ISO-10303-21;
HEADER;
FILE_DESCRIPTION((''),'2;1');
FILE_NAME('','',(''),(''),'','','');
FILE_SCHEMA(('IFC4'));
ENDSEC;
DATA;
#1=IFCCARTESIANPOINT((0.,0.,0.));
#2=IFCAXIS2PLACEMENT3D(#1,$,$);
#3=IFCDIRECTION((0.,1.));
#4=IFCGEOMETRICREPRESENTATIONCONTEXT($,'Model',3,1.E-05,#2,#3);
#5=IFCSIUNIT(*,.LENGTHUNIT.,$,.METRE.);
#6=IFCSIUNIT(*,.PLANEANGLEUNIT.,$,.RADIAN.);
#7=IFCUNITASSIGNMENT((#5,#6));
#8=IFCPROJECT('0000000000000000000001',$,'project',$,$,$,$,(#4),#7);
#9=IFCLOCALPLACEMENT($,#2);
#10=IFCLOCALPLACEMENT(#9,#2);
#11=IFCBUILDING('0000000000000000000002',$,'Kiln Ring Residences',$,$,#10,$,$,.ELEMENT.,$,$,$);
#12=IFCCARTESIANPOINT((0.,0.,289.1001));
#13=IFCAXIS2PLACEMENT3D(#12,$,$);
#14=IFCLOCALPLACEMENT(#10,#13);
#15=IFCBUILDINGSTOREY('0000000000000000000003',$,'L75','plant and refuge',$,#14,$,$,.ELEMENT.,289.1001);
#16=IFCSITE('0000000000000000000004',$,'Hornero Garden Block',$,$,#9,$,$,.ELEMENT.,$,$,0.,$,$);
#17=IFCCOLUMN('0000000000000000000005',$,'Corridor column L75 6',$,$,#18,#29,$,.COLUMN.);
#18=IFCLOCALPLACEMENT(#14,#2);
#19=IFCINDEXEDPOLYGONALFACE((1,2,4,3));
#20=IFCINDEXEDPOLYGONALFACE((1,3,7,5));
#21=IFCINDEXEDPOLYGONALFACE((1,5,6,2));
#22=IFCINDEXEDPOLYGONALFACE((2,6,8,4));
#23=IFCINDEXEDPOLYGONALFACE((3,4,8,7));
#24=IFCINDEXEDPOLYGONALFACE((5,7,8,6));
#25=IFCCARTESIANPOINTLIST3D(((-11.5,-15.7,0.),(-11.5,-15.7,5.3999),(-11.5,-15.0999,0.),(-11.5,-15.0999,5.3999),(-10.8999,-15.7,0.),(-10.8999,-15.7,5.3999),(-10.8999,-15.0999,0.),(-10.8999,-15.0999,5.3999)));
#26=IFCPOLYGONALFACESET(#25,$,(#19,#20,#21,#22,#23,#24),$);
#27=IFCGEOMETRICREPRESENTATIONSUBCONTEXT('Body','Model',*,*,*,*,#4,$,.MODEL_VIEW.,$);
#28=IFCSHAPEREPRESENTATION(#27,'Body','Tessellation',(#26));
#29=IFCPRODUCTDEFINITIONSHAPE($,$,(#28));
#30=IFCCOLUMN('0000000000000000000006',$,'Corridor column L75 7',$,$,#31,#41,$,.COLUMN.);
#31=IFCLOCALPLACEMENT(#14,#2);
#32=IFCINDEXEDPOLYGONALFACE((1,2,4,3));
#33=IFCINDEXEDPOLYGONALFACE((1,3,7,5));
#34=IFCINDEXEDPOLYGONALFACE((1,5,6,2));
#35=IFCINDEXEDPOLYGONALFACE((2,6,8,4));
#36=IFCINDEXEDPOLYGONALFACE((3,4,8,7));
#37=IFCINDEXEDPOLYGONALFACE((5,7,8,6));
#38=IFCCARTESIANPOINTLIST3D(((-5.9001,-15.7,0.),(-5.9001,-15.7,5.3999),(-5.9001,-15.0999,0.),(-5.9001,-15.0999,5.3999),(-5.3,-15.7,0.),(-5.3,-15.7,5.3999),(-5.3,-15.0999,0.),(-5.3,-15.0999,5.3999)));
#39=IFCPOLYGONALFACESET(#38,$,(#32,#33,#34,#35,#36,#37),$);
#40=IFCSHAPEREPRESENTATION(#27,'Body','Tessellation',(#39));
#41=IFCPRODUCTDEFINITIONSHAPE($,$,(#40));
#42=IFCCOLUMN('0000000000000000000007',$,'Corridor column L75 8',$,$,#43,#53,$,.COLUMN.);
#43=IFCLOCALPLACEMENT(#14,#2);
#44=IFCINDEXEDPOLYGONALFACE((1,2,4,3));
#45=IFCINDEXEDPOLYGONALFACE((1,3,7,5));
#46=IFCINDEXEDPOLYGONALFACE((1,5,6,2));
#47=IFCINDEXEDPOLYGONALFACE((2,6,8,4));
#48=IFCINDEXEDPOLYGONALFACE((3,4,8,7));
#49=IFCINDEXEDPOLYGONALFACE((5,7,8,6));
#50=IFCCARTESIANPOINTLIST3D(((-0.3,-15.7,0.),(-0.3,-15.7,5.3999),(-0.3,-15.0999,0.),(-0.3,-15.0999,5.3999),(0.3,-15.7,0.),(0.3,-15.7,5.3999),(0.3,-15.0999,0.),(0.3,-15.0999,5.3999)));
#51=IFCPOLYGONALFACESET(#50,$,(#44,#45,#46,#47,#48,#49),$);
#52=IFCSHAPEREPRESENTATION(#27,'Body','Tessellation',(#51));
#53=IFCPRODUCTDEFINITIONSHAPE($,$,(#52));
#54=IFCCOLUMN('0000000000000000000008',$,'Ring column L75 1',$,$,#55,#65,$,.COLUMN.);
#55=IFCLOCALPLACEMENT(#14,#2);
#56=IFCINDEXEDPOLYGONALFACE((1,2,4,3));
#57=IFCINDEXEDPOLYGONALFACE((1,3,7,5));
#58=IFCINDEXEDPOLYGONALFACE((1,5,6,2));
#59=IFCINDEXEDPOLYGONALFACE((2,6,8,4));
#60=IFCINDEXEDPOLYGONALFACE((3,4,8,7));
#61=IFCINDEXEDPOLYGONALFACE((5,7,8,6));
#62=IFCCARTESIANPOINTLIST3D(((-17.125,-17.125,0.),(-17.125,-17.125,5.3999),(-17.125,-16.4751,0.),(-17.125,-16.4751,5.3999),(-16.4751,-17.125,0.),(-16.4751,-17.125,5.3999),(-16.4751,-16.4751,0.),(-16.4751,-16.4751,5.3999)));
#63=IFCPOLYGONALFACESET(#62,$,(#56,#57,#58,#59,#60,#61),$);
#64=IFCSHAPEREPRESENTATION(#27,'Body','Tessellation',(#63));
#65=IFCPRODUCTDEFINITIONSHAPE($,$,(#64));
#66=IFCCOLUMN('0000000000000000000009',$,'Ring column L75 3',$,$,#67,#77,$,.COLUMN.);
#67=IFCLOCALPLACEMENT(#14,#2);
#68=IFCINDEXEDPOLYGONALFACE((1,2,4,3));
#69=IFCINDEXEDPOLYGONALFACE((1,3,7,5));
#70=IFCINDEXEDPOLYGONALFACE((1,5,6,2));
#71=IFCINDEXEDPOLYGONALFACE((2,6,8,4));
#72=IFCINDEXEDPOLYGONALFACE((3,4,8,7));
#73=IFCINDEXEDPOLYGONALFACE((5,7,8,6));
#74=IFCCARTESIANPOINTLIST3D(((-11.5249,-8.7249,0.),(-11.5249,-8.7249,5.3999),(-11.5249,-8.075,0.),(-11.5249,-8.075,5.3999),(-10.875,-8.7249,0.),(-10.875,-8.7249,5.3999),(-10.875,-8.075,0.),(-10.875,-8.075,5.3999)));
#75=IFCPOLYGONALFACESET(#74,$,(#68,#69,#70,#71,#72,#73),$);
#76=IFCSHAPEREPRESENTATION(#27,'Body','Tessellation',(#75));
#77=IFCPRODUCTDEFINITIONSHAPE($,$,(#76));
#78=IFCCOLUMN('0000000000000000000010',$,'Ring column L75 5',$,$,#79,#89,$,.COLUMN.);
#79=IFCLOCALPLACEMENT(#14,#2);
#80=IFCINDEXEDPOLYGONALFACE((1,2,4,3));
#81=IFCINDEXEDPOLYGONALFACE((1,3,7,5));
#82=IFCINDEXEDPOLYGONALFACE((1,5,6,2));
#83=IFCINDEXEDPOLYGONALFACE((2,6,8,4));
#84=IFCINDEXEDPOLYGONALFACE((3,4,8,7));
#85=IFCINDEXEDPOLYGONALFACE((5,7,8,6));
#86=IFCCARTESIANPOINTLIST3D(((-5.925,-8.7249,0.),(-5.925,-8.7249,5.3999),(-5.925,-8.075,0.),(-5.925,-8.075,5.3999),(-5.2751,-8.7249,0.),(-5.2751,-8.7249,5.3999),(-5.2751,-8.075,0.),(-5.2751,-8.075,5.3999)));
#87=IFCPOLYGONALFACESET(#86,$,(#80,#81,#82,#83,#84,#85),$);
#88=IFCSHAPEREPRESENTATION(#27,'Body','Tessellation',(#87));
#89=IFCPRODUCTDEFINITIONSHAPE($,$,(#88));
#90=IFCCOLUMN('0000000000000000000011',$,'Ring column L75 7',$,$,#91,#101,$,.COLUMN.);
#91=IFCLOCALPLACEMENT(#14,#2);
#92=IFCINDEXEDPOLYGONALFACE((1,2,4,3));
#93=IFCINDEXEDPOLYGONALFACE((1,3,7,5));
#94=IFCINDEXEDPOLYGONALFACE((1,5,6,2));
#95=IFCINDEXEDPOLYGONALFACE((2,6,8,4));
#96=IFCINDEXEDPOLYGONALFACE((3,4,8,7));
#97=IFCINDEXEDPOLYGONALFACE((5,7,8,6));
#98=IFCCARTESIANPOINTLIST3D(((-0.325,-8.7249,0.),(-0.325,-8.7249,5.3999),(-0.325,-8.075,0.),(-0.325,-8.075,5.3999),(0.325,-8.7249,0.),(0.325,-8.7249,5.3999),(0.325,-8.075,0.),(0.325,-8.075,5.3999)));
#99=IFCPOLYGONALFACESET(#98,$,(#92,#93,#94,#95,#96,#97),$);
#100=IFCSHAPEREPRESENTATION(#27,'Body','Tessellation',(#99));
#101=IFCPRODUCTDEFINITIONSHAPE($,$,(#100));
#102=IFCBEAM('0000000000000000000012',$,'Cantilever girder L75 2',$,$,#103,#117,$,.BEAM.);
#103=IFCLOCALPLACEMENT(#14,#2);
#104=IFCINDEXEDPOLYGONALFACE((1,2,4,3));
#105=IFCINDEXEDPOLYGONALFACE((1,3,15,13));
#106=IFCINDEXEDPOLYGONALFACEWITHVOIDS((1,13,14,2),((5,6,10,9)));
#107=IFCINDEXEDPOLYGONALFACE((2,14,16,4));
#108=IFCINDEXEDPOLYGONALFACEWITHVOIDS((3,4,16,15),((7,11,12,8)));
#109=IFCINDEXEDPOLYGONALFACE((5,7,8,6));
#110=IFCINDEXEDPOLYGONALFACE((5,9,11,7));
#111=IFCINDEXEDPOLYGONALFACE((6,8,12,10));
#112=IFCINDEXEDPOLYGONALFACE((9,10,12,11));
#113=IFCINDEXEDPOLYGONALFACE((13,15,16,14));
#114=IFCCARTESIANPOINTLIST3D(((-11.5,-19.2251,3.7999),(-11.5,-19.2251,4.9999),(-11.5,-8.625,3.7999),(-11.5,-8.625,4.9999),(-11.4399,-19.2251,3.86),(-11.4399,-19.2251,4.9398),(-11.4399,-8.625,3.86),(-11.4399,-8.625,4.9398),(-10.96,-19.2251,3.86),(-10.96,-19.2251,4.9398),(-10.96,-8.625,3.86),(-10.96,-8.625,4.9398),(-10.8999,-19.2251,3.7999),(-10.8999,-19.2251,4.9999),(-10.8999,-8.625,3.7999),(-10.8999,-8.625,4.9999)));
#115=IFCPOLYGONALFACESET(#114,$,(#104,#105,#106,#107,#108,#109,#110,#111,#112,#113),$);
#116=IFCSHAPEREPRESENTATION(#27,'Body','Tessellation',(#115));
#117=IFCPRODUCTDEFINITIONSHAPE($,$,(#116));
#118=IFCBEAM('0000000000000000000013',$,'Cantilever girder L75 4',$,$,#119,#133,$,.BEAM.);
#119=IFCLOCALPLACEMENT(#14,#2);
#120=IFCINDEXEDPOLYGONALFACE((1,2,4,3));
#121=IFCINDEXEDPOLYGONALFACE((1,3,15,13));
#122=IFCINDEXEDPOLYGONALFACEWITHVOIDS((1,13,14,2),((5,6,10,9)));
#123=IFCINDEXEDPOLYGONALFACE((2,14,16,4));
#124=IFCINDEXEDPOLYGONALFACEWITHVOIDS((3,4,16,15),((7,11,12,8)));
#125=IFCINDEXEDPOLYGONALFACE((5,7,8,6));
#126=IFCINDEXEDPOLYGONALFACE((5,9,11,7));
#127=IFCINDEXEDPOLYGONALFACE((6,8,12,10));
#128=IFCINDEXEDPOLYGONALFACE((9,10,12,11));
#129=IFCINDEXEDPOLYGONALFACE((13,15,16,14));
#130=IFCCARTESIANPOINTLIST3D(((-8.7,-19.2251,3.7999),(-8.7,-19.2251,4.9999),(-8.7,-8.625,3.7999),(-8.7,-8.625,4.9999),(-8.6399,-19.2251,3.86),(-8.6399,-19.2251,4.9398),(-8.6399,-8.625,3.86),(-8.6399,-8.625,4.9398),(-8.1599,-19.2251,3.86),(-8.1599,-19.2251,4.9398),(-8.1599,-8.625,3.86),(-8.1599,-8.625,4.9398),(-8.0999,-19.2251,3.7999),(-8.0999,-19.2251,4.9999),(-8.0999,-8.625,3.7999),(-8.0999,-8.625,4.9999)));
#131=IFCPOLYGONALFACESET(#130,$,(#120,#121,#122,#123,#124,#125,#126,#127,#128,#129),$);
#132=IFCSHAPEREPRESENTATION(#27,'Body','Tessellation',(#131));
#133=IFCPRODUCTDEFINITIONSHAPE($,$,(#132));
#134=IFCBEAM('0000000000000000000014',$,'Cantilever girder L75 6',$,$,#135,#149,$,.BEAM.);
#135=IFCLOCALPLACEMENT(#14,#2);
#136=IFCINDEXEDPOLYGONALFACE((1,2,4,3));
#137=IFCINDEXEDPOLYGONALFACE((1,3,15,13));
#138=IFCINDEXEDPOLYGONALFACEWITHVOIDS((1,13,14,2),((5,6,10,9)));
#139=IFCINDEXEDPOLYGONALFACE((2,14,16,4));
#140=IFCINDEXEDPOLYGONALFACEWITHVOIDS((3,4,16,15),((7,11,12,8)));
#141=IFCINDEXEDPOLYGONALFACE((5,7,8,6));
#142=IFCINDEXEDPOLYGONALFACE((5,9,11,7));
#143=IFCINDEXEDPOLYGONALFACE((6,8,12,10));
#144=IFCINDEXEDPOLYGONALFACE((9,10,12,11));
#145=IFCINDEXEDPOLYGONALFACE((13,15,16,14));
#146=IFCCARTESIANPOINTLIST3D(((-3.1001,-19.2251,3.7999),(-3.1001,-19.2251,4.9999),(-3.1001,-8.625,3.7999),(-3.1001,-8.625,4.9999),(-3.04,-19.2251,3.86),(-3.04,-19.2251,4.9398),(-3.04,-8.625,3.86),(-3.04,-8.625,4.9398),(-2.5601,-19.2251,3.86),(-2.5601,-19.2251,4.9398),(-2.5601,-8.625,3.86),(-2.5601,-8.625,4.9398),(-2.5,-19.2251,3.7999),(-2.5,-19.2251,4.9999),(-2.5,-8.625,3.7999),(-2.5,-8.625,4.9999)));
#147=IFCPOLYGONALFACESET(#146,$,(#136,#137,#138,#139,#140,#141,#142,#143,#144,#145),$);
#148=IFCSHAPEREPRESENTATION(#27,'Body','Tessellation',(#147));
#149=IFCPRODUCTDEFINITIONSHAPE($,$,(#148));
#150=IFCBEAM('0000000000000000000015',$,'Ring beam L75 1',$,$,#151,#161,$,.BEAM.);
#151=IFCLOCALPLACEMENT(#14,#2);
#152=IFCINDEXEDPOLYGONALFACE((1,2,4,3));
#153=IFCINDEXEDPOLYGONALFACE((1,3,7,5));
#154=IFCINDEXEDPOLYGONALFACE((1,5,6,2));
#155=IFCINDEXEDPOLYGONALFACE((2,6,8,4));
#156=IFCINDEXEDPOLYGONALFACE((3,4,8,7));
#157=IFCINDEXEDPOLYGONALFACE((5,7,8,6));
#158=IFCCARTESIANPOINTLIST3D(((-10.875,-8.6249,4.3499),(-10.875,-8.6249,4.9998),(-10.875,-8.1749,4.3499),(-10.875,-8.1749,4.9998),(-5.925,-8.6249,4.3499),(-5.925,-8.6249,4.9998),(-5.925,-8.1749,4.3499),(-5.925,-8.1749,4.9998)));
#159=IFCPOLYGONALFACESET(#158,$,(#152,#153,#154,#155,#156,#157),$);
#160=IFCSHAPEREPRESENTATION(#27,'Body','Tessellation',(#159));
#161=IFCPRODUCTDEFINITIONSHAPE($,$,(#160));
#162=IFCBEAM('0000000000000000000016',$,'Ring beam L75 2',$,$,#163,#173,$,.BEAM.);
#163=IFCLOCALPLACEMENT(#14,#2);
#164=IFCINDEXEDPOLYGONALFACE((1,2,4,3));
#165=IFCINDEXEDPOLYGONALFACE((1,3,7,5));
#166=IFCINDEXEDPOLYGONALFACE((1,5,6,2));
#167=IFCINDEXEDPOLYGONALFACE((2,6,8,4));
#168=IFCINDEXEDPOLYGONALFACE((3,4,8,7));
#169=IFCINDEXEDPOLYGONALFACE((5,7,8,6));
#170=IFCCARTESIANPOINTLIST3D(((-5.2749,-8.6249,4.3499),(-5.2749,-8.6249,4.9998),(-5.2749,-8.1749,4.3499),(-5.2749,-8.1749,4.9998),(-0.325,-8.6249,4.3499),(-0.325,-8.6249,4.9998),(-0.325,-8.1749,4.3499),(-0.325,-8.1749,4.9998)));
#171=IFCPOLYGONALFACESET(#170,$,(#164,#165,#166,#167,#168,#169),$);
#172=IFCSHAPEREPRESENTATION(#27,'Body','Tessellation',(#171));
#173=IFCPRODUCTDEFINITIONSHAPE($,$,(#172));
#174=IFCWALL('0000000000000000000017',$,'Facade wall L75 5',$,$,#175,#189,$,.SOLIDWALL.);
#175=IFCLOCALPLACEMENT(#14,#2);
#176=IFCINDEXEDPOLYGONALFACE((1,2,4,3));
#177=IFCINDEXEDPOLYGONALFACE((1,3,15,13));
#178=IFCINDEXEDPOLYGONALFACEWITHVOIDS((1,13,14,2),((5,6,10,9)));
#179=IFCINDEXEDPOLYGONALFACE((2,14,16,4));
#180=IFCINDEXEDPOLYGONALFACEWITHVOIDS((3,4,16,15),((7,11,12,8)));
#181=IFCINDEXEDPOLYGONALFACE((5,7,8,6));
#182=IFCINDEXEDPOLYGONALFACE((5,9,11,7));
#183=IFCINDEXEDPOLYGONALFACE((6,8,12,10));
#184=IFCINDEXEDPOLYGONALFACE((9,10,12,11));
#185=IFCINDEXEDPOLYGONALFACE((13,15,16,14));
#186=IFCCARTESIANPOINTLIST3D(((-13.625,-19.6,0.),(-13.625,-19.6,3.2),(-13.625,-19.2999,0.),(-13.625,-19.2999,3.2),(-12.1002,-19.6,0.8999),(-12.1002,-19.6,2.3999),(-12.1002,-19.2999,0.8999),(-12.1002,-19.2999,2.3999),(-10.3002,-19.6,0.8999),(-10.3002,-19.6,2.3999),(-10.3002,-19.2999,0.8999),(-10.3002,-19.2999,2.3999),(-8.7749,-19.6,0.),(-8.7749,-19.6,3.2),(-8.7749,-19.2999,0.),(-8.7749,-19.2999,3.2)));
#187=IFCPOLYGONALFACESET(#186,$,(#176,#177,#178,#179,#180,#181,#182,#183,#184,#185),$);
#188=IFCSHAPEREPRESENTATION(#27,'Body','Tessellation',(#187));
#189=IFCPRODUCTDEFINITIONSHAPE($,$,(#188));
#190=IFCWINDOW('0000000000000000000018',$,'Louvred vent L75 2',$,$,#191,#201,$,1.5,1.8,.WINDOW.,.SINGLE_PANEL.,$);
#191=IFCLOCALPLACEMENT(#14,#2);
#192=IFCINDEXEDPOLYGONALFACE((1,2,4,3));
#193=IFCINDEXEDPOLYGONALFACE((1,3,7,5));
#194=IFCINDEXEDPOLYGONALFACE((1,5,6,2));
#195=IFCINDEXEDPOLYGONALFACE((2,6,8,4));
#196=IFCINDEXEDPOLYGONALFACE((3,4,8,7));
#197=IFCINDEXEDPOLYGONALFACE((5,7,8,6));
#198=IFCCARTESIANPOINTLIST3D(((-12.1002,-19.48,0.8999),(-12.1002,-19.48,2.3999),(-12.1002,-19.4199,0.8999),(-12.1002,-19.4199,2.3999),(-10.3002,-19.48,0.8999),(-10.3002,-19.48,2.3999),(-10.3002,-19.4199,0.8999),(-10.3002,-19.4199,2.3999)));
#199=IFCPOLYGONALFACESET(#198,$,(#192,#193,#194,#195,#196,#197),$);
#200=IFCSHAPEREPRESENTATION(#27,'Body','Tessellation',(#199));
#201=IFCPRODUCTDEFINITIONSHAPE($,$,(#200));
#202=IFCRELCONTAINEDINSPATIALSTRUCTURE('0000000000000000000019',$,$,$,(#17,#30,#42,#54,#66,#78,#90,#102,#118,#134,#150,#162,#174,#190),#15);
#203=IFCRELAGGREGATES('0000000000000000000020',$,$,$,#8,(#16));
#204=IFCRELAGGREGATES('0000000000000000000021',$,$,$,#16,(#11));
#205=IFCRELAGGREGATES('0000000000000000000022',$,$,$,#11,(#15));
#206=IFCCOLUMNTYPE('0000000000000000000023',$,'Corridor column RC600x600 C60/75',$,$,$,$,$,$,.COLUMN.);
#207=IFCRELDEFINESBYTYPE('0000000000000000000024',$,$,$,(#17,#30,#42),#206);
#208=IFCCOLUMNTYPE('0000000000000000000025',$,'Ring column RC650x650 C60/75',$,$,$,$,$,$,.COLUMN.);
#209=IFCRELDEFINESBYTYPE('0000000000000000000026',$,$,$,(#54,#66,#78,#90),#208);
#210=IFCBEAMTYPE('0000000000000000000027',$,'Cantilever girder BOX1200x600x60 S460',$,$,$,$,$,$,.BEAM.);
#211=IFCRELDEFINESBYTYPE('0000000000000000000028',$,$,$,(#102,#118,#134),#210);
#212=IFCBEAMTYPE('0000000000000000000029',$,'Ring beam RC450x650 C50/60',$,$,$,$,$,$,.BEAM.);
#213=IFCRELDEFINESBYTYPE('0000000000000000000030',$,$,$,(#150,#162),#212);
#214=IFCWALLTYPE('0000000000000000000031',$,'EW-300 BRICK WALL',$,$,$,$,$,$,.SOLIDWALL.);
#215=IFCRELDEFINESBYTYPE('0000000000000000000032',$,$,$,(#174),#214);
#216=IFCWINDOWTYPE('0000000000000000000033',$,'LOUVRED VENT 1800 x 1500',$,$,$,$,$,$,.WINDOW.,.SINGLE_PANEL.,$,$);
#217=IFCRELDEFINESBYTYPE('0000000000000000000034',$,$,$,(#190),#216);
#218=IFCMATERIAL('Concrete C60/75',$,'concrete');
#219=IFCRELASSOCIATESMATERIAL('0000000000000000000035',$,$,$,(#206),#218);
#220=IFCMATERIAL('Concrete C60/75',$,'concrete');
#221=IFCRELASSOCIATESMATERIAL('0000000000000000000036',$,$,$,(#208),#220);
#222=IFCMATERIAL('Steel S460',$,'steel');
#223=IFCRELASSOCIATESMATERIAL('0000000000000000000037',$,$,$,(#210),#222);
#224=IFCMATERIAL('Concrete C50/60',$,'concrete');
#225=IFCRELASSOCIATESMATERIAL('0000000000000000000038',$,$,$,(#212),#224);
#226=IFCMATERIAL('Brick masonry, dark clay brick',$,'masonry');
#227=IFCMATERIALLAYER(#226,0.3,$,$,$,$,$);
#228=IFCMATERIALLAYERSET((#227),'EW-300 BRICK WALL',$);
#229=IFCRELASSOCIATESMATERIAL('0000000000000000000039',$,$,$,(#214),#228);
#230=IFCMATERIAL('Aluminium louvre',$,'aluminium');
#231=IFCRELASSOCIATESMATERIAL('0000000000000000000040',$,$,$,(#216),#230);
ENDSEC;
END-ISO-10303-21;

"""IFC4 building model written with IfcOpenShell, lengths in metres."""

from ifc_helpers import new_model, si_unit, direction, frame, frame_2d, origin, origin_2d, place, context, subcontext, project, spatial, rectangle, hollow_rectangle, extrude, material, layer, layer_set, material_profile, profile_set, type_object, element, fill, save


model = new_model("IFC4")

# Units and contexts
model_context = context("Model", 3, precision=1e-05, world=origin(), true_north=direction((0.0, 1.0)))
body_context = subcontext(model_context, "Body", "Model", "MODEL_VIEW")
ifc_project = project(units=[si_unit("LENGTHUNIT", "METRE"), si_unit("PLANEANGLEUNIT", "RADIAN")], contexts=[model_context])

# Site, building, storey
site_placement = place(None, origin())
site = spatial("IfcSite", under=ifc_project, at=site_placement, Name="Hornero Garden Block", CompositionType="ELEMENT", RefElevation=0.0)
building_placement = place(site_placement, origin())
building = spatial("IfcBuilding", under=site, at=building_placement, Name="Kiln Ring Residences", CompositionType="ELEMENT")
storey_placement = place(building_placement, frame((0.0, 0.0, 289.1001)))
storey = spatial("IfcBuildingStorey", under=building, at=storey_placement, Name="L75", Description="plant and refuge", CompositionType="ELEMENT", Elevation=289.1001)

# Columns
ifc_material_1 = material(Name="Concrete C60/75", Category="concrete")
ifc_material_profile_1 = material_profile(ifc_material_1, rectangle(XDim=0.6001, YDim=0.6001, at=origin_2d()), Name="RC600x600")
ifc_profile_set_1 = profile_set([ifc_material_profile_1], Name="Concrete C60/75")
column_type_1 = type_object("IfcColumnType", Name="Corridor column RC600x600 C60/75", PredefinedType="COLUMN", material=ifc_profile_set_1)
for number, where, z_axis, x_axis, name in (
    (1, (-11.2, -15.3999, 0.0), (0.0, 0.0, 1.0), (1.0, 0.0, 0.0), "Corridor column L75 6"),
    (2, (-5.6001, -15.3999, 0.0), (0.0, 0.0, 1.0), (1.0, 0.0, 0.0), "Corridor column L75 7"),
    (3, (0.0, -15.3999, 0.0), (0.0, 0.0, 1.0), (1.0, 0.0, 0.0), "Corridor column L75 8"),
):
    element("IfcColumn", number, at=place(storey_placement, frame(where, z_axis=z_axis, x_axis=x_axis)), inside=storey, type_object=column_type_1, Name=name, PredefinedType="COLUMN", context=body_context, shape_type="SweptSolid", body=[
        extrude(rectangle(XDim=0.6001, YDim=0.6001, at=origin_2d()), origin(), (0.0, 0.0, 1.0), 5.3999),
    ])
ifc_material_2 = material(Name="Concrete C60/75", Category="concrete")
ifc_material_profile_2 = material_profile(ifc_material_2, rectangle(XDim=0.6499, YDim=0.6499, at=origin_2d()), Name="RC650x650")
ifc_profile_set_2 = profile_set([ifc_material_profile_2], Name="Concrete C60/75")
column_type_2 = type_object("IfcColumnType", Name="Ring column RC650x650 C60/75", PredefinedType="COLUMN", material=ifc_profile_set_2)
for number, where, z_axis, x_axis, name in (
    (4, (-16.8, -16.8, 0.0), (0.0, 0.0, 1.0), (1.0, 0.0, 0.0), "Ring column L75 1"),
    (5, (-11.2, -8.3999, 0.0), (0.0, 0.0, 1.0), (1.0, 0.0, 0.0), "Ring column L75 3"),
    (6, (-5.6001, -8.3999, 0.0), (0.0, 0.0, 1.0), (1.0, 0.0, 0.0), "Ring column L75 5"),
    (7, (0.0, -8.3999, 0.0), (0.0, 0.0, 1.0), (1.0, 0.0, 0.0), "Ring column L75 7"),
):
    element("IfcColumn", number, at=place(storey_placement, frame(where, z_axis=z_axis, x_axis=x_axis)), inside=storey, type_object=column_type_2, Name=name, PredefinedType="COLUMN", context=body_context, shape_type="SweptSolid", body=[
        extrude(rectangle(XDim=0.6499, YDim=0.6499, at=origin_2d()), origin(), (0.0, 0.0, 1.0), 5.3999),
    ])

# Beams
ifc_material_3 = material(Name="Steel S460", Category="steel")
ifc_material_profile_3 = material_profile(ifc_material_3, hollow_rectangle(XDim=0.6001, YDim=1.2, WallThickness=0.0601, at=origin_2d()), Name="BOX1200x600x60")
ifc_profile_set_3 = profile_set([ifc_material_profile_3], Name="Steel S460")
beam_type_1 = type_object("IfcBeamType", Name="Cantilever girder BOX1200x600x60 S460", PredefinedType="BEAM", material=ifc_profile_set_3)
for number, where, z_axis, x_axis, name in (
    (8, (-11.2, -19.2251, 4.3999), (0.0, 1.0, 0.0), (-1.0, 0.0, 0.0), "Cantilever girder L75 2"),
    (9, (-8.3999, -19.2251, 4.3999), (0.0, 1.0, 0.0), (-1.0, 0.0, 0.0), "Cantilever girder L75 4"),
    (10, (-2.8, -19.2251, 4.3999), (0.0, 1.0, 0.0), (-1.0, 0.0, 0.0), "Cantilever girder L75 6"),
):
    element("IfcBeam", number, at=place(storey_placement, frame(where, z_axis=z_axis, x_axis=x_axis)), inside=storey, type_object=beam_type_1, Name=name, PredefinedType="BEAM", context=body_context, shape_type="SweptSolid", body=[
        extrude(hollow_rectangle(XDim=0.6001, YDim=1.2, WallThickness=0.0601, at=origin_2d()), origin(), (0.0, 0.0, 1.0), 10.6001),
    ])
ifc_material_4 = material(Name="Concrete C50/60", Category="concrete")
ifc_material_profile_4 = material_profile(ifc_material_4, rectangle(XDim=0.45, YDim=0.6499, at=origin_2d()), Name="RC450x650")
ifc_profile_set_4 = profile_set([ifc_material_profile_4], Name="Concrete C50/60")
beam_type_2 = type_object("IfcBeamType", Name="Ring beam RC450x650 C50/60", PredefinedType="BEAM", material=ifc_profile_set_4)
for number, where, z_axis, x_axis, name in (
    (11, (-10.875, -8.3999, 4.6748), (1.0, 0.0, 0.0), (0.0, 1.0, 0.0), "Ring beam L75 1"),
    (12, (-5.2749, -8.3999, 4.6748), (1.0, 0.0, 0.0), (0.0, 1.0, 0.0), "Ring beam L75 2"),
):
    element("IfcBeam", number, at=place(storey_placement, frame(where, z_axis=z_axis, x_axis=x_axis)), inside=storey, type_object=beam_type_2, Name=name, PredefinedType="BEAM", context=body_context, shape_type="SweptSolid", body=[
        extrude(rectangle(XDim=0.45, YDim=0.6499, at=origin_2d()), origin(), (0.0, 0.0, 1.0), 4.95),
    ])

# Wall, opening, window
ifc_material_5 = material(Name="Brick masonry, dark clay brick", Category="masonry")
ifc_layer_1 = layer(ifc_material_5, 0.3)
ifc_layer_set_1 = layer_set([ifc_layer_1], Name="EW-300 BRICK WALL")
wall_type_1 = type_object("IfcWallType", Name="EW-300 BRICK WALL", PredefinedType="SOLIDWALL", material=ifc_layer_set_1)
wall_1_placement = place(storey_placement, frame((-13.625, -19.45, 0.0), z_axis=(0.0, 0.0, 1.0), x_axis=(1.0, 0.0, 0.0)))
wall_1 = element("IfcWall", 13, at=wall_1_placement, inside=storey, type_object=wall_type_1, Name="Facade wall L75 5", PredefinedType="SOLIDWALL", context=body_context, shape_type="SweptSolid", body=[
    extrude(rectangle(XDim=4.8501, YDim=0.3, at=frame_2d((2.425, 0.0))), origin(), (0.0, 0.0, 1.0), 3.2),
])
opening_1_placement = place(wall_1_placement, frame((1.5249, 0.0, 0.8999)))
opening_1 = element("IfcOpeningElement", 14, at=opening_1_placement, cuts=wall_1, PredefinedType="OPENING", context=body_context, shape_type="SweptSolid", body=[
    extrude(rectangle(XDim=1.8, YDim=1.5, at=frame_2d((0.8999, 0.75))), frame((0.0, 0.1599, 0.0), z_axis=(0.0, -1.0, 0.0), x_axis=(1.0, 0.0, 0.0)), (0.0, 0.0, 1.0), 0.3201),
])
ifc_material_6 = material(Name="Aluminium louvre", Category="aluminium")
window_type = type_object("IfcWindowType", Name="LOUVRED VENT 1800 x 1500", PartitioningType="SINGLE_PANEL", PredefinedType="WINDOW", material=ifc_material_6)
window_1_placement = place(opening_1_placement, origin())
window_1 = element("IfcWindow", 15, at=window_1_placement, inside=storey, type_object=window_type, Name="Louvred vent L75 2", OverallHeight=1.5, OverallWidth=1.8, PartitioningType="SINGLE_PANEL", PredefinedType="WINDOW", context=body_context, shape_type="SweptSolid", body=[
    extrude(rectangle(XDim=1.8, YDim=1.5, at=frame_2d((0.8999, 0.75))), frame((0.0, 0.03, 0.0), z_axis=(0.0, -1.0, 0.0), x_axis=(1.0, 0.0, 0.0)), (0.0, 0.0, 1.0), 0.0601),
])
fill(opening_1, window_1)

save(model, "model.ifc")
